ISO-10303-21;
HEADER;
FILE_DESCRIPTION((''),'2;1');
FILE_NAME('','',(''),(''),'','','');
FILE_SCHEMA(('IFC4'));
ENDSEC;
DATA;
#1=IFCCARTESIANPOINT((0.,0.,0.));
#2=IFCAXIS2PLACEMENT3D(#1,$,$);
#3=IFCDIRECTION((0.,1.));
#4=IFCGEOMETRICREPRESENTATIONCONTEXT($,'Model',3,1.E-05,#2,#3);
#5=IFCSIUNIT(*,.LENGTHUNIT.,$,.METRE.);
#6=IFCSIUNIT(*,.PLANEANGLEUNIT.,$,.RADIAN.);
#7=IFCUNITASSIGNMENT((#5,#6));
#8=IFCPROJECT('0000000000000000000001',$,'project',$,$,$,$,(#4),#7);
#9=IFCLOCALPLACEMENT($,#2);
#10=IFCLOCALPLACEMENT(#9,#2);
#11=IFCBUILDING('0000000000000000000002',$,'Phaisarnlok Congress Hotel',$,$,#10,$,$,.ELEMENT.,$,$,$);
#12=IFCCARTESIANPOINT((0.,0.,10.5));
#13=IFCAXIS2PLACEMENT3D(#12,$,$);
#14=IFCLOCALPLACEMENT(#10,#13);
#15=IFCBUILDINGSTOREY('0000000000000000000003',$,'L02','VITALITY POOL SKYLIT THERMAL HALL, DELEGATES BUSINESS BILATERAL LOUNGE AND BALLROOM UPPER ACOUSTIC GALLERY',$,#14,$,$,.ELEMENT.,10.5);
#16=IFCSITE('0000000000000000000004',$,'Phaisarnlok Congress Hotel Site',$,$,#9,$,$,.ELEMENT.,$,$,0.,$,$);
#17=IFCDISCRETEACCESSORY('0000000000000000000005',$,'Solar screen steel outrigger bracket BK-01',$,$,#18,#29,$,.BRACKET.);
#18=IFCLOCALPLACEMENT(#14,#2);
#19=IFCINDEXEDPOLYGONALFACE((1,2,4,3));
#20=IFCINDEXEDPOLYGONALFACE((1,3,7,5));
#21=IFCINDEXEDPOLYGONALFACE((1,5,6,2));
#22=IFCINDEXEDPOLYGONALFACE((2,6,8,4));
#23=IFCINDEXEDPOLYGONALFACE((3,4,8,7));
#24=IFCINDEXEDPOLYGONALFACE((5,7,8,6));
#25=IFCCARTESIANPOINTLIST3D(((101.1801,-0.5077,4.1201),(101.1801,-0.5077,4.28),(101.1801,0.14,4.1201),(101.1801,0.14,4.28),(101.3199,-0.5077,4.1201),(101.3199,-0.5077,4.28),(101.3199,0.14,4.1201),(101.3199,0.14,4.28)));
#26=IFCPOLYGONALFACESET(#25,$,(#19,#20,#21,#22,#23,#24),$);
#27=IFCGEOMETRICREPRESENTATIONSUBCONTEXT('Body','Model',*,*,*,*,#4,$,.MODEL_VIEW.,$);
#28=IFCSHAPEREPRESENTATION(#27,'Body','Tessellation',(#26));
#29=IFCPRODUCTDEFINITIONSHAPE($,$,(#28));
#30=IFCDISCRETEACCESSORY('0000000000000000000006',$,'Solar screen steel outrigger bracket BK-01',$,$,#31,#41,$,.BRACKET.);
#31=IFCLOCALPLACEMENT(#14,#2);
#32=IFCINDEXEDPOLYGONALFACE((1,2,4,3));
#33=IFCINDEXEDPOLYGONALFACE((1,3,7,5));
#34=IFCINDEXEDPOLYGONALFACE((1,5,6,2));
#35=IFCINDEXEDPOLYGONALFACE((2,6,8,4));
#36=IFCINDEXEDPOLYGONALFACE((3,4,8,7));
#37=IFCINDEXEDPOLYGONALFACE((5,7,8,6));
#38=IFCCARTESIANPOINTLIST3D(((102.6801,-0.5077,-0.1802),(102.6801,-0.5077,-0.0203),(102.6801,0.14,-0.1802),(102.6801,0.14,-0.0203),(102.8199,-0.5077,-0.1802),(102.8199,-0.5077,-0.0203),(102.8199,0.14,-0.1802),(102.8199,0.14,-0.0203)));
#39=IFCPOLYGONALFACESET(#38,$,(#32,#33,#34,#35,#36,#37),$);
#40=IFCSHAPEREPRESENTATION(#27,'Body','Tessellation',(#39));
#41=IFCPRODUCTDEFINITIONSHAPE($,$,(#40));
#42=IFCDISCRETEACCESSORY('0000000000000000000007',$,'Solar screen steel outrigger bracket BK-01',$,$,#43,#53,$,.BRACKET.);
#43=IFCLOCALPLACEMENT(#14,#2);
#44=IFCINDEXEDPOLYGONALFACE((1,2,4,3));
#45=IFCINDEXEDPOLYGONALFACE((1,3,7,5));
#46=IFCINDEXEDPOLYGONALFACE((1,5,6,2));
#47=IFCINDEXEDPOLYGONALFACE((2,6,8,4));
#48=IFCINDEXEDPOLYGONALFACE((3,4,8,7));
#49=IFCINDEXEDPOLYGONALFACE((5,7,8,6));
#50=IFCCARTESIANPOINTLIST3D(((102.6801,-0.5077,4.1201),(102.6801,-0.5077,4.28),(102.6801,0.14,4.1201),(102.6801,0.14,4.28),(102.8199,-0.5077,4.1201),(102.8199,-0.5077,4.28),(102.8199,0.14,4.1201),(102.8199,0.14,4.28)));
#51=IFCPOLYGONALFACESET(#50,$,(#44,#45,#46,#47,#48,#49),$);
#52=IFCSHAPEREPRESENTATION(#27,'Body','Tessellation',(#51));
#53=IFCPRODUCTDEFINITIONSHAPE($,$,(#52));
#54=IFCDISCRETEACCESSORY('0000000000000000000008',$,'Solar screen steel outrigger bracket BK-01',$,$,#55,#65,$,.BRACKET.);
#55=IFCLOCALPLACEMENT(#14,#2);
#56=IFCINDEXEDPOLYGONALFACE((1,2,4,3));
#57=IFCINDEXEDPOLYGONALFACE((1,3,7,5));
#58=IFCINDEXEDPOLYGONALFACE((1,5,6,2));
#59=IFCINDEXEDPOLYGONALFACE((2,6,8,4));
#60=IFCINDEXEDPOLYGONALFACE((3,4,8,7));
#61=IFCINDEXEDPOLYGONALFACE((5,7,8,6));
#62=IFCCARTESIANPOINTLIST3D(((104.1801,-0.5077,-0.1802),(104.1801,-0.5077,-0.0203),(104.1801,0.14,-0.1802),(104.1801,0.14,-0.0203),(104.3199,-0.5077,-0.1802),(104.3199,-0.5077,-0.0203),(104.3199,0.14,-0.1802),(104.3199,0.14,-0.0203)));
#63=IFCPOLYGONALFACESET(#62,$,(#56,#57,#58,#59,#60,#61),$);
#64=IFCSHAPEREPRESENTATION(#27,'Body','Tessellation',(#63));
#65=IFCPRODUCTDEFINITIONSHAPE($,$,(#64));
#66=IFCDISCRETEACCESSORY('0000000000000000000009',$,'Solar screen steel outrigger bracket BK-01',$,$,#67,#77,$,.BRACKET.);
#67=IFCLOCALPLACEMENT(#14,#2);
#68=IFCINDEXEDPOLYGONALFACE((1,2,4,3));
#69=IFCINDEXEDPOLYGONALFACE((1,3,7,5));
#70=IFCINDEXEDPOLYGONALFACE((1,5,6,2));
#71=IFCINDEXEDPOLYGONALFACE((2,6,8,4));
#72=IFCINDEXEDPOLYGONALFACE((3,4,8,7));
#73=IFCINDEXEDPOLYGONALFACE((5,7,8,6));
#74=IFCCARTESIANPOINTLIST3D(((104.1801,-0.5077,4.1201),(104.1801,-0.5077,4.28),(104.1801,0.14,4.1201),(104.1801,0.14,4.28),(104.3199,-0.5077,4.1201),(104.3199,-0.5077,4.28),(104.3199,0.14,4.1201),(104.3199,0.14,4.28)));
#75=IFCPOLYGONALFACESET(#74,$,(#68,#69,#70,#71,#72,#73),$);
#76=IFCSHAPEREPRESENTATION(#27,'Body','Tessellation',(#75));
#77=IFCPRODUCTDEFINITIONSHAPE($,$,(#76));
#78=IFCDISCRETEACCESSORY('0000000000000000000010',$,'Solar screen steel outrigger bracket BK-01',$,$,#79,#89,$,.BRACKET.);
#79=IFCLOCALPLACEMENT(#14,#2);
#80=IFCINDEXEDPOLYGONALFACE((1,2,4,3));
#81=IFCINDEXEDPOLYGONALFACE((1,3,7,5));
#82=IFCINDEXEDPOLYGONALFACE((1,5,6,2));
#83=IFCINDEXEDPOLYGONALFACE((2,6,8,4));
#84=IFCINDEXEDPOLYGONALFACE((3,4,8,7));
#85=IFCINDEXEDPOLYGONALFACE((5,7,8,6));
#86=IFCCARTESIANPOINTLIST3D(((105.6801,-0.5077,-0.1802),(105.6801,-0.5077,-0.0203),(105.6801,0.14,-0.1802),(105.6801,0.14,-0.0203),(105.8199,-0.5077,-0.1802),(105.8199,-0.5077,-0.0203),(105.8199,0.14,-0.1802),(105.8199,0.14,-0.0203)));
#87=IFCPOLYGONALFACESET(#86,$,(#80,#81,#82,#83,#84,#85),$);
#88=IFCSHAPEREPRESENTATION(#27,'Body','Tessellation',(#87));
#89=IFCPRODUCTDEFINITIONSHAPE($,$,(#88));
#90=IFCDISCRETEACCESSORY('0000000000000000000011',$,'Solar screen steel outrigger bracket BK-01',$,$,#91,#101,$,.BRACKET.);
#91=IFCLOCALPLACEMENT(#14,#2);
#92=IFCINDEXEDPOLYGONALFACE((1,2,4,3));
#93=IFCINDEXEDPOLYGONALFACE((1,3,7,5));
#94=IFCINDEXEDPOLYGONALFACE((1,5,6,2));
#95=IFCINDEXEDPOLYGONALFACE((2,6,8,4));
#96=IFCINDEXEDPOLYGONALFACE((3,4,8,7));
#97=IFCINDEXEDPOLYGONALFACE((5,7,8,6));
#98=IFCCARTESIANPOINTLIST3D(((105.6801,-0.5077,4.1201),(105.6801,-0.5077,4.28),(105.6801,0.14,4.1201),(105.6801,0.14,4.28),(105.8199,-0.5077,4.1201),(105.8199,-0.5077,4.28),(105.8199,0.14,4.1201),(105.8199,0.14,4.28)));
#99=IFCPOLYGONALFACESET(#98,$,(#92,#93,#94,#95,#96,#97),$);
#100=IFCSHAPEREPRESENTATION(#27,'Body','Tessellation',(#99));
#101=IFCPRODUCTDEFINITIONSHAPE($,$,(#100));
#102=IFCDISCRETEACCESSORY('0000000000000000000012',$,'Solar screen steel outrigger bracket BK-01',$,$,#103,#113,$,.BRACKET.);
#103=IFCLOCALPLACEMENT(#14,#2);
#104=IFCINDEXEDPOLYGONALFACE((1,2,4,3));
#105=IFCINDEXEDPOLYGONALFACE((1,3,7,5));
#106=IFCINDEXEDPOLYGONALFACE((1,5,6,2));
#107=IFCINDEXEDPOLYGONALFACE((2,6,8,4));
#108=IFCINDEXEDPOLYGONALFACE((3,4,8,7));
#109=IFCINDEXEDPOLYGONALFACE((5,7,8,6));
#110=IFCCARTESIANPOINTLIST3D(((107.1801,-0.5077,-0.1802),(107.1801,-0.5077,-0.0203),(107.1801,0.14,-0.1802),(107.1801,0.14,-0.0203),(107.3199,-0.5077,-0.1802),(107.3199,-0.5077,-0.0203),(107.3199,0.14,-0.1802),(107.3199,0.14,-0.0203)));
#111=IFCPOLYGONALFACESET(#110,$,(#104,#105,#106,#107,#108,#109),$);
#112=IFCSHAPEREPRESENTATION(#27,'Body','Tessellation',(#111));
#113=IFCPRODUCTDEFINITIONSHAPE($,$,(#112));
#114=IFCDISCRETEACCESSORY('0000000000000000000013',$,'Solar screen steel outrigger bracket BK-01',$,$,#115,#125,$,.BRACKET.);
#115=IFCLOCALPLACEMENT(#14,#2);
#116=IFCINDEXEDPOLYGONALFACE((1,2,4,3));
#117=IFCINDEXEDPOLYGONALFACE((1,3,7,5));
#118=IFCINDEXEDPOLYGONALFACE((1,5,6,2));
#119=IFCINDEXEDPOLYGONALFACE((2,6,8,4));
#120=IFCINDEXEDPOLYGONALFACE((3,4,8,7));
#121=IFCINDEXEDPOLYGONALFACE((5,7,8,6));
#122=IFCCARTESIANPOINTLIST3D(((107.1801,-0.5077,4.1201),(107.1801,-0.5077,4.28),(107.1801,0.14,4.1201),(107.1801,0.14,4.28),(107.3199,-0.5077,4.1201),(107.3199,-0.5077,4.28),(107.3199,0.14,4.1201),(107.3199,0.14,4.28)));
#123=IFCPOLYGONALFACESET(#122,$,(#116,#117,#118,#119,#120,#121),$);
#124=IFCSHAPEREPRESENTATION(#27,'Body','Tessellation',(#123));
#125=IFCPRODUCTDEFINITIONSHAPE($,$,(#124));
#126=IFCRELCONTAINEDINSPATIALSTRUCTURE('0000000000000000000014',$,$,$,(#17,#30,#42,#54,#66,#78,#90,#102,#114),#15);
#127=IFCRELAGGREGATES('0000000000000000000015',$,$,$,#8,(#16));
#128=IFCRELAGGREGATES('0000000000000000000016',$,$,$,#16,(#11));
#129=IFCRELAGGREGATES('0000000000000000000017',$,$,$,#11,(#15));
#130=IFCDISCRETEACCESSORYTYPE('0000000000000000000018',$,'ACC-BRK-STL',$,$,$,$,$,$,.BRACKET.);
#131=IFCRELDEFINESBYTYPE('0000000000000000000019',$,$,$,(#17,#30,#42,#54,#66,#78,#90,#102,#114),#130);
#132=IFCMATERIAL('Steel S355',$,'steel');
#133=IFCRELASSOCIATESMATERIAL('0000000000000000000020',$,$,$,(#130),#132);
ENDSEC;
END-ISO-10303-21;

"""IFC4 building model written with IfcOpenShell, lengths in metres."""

from ifc_helpers import new_model, si_unit, direction, frame, origin, origin_2d, place, context, subcontext, project, spatial, rectangle, extrude, material, type_object, element, save


model = new_model("IFC4")

# Units and contexts
model_context = context("Model", 3, precision=1e-05, world=origin(), true_north=direction((0.0, 1.0)))
body_context = subcontext(model_context, "Body", "Model", "MODEL_VIEW")
ifc_project = project(units=[si_unit("LENGTHUNIT", "METRE"), si_unit("PLANEANGLEUNIT", "RADIAN")], contexts=[model_context])

# Site, building, storey
site_placement = place(None, origin())
site = spatial("IfcSite", under=ifc_project, at=site_placement, Name="Phaisarnlok Congress Hotel Site", CompositionType="ELEMENT", RefElevation=0.0)
building_placement = place(site_placement, origin())
building = spatial("IfcBuilding", under=site, at=building_placement, Name="Phaisarnlok Congress Hotel", CompositionType="ELEMENT")
storey_placement = place(building_placement, frame((0.0, 0.0, 10.5)))
storey = spatial("IfcBuildingStorey", under=building, at=storey_placement, Name="L02", Description="VITALITY POOL SKYLIT THERMAL HALL, DELEGATES BUSINESS BILATERAL LOUNGE AND BALLROOM UPPER ACOUSTIC GALLERY", CompositionType="ELEMENT", Elevation=10.5)

# Shared definitions
ifc_material_1 = material(Name="Steel S355", Category="steel")

# Discrete accessories
discrete_accessory_type = type_object("IfcDiscreteAccessoryType", Name="ACC-BRK-STL", PredefinedType="BRACKET", material=ifc_material_1)
for number, where, z_axis, x_axis, name in (
    (1, (101.25, -0.1838, 4.1201), (0.0, 0.0, 1.0), (1.0, 0.0, 0.0), "Solar screen steel outrigger bracket BK-01"),
    (2, (102.75, -0.1838, -0.1802), (0.0, 0.0, 1.0), (1.0, 0.0, 0.0), "Solar screen steel outrigger bracket BK-01"),
    (3, (102.75, -0.1838, 4.1201), (0.0, 0.0, 1.0), (1.0, 0.0, 0.0), "Solar screen steel outrigger bracket BK-01"),
    (4, (104.25, -0.1838, -0.1802), (0.0, 0.0, 1.0), (1.0, 0.0, 0.0), "Solar screen steel outrigger bracket BK-01"),
    (5, (104.25, -0.1838, 4.1201), (0.0, 0.0, 1.0), (1.0, 0.0, 0.0), "Solar screen steel outrigger bracket BK-01"),
    (6, (105.75, -0.1838, -0.1802), (0.0, 0.0, 1.0), (1.0, 0.0, 0.0), "Solar screen steel outrigger bracket BK-01"),
    (7, (105.75, -0.1838, 4.1201), (0.0, 0.0, 1.0), (1.0, 0.0, 0.0), "Solar screen steel outrigger bracket BK-01"),
    (8, (107.25, -0.1838, -0.1802), (0.0, 0.0, 1.0), (1.0, 0.0, 0.0), "Solar screen steel outrigger bracket BK-01"),
    (9, (107.25, -0.1838, 4.1201), (0.0, 0.0, 1.0), (1.0, 0.0, 0.0), "Solar screen steel outrigger bracket BK-01"),
):
    element("IfcDiscreteAccessory", number, at=place(storey_placement, frame(where, z_axis=z_axis, x_axis=x_axis)), inside=storey, type_object=discrete_accessory_type, Name=name, PredefinedType="BRACKET", context=body_context, shape_type="SweptSolid", body=[
        extrude(rectangle(XDim=0.1399, YDim=0.6477, at=origin_2d()), origin(), (0.0, 0.0, 1.0), 0.1599),
    ])

save(model, "model.ifc")
